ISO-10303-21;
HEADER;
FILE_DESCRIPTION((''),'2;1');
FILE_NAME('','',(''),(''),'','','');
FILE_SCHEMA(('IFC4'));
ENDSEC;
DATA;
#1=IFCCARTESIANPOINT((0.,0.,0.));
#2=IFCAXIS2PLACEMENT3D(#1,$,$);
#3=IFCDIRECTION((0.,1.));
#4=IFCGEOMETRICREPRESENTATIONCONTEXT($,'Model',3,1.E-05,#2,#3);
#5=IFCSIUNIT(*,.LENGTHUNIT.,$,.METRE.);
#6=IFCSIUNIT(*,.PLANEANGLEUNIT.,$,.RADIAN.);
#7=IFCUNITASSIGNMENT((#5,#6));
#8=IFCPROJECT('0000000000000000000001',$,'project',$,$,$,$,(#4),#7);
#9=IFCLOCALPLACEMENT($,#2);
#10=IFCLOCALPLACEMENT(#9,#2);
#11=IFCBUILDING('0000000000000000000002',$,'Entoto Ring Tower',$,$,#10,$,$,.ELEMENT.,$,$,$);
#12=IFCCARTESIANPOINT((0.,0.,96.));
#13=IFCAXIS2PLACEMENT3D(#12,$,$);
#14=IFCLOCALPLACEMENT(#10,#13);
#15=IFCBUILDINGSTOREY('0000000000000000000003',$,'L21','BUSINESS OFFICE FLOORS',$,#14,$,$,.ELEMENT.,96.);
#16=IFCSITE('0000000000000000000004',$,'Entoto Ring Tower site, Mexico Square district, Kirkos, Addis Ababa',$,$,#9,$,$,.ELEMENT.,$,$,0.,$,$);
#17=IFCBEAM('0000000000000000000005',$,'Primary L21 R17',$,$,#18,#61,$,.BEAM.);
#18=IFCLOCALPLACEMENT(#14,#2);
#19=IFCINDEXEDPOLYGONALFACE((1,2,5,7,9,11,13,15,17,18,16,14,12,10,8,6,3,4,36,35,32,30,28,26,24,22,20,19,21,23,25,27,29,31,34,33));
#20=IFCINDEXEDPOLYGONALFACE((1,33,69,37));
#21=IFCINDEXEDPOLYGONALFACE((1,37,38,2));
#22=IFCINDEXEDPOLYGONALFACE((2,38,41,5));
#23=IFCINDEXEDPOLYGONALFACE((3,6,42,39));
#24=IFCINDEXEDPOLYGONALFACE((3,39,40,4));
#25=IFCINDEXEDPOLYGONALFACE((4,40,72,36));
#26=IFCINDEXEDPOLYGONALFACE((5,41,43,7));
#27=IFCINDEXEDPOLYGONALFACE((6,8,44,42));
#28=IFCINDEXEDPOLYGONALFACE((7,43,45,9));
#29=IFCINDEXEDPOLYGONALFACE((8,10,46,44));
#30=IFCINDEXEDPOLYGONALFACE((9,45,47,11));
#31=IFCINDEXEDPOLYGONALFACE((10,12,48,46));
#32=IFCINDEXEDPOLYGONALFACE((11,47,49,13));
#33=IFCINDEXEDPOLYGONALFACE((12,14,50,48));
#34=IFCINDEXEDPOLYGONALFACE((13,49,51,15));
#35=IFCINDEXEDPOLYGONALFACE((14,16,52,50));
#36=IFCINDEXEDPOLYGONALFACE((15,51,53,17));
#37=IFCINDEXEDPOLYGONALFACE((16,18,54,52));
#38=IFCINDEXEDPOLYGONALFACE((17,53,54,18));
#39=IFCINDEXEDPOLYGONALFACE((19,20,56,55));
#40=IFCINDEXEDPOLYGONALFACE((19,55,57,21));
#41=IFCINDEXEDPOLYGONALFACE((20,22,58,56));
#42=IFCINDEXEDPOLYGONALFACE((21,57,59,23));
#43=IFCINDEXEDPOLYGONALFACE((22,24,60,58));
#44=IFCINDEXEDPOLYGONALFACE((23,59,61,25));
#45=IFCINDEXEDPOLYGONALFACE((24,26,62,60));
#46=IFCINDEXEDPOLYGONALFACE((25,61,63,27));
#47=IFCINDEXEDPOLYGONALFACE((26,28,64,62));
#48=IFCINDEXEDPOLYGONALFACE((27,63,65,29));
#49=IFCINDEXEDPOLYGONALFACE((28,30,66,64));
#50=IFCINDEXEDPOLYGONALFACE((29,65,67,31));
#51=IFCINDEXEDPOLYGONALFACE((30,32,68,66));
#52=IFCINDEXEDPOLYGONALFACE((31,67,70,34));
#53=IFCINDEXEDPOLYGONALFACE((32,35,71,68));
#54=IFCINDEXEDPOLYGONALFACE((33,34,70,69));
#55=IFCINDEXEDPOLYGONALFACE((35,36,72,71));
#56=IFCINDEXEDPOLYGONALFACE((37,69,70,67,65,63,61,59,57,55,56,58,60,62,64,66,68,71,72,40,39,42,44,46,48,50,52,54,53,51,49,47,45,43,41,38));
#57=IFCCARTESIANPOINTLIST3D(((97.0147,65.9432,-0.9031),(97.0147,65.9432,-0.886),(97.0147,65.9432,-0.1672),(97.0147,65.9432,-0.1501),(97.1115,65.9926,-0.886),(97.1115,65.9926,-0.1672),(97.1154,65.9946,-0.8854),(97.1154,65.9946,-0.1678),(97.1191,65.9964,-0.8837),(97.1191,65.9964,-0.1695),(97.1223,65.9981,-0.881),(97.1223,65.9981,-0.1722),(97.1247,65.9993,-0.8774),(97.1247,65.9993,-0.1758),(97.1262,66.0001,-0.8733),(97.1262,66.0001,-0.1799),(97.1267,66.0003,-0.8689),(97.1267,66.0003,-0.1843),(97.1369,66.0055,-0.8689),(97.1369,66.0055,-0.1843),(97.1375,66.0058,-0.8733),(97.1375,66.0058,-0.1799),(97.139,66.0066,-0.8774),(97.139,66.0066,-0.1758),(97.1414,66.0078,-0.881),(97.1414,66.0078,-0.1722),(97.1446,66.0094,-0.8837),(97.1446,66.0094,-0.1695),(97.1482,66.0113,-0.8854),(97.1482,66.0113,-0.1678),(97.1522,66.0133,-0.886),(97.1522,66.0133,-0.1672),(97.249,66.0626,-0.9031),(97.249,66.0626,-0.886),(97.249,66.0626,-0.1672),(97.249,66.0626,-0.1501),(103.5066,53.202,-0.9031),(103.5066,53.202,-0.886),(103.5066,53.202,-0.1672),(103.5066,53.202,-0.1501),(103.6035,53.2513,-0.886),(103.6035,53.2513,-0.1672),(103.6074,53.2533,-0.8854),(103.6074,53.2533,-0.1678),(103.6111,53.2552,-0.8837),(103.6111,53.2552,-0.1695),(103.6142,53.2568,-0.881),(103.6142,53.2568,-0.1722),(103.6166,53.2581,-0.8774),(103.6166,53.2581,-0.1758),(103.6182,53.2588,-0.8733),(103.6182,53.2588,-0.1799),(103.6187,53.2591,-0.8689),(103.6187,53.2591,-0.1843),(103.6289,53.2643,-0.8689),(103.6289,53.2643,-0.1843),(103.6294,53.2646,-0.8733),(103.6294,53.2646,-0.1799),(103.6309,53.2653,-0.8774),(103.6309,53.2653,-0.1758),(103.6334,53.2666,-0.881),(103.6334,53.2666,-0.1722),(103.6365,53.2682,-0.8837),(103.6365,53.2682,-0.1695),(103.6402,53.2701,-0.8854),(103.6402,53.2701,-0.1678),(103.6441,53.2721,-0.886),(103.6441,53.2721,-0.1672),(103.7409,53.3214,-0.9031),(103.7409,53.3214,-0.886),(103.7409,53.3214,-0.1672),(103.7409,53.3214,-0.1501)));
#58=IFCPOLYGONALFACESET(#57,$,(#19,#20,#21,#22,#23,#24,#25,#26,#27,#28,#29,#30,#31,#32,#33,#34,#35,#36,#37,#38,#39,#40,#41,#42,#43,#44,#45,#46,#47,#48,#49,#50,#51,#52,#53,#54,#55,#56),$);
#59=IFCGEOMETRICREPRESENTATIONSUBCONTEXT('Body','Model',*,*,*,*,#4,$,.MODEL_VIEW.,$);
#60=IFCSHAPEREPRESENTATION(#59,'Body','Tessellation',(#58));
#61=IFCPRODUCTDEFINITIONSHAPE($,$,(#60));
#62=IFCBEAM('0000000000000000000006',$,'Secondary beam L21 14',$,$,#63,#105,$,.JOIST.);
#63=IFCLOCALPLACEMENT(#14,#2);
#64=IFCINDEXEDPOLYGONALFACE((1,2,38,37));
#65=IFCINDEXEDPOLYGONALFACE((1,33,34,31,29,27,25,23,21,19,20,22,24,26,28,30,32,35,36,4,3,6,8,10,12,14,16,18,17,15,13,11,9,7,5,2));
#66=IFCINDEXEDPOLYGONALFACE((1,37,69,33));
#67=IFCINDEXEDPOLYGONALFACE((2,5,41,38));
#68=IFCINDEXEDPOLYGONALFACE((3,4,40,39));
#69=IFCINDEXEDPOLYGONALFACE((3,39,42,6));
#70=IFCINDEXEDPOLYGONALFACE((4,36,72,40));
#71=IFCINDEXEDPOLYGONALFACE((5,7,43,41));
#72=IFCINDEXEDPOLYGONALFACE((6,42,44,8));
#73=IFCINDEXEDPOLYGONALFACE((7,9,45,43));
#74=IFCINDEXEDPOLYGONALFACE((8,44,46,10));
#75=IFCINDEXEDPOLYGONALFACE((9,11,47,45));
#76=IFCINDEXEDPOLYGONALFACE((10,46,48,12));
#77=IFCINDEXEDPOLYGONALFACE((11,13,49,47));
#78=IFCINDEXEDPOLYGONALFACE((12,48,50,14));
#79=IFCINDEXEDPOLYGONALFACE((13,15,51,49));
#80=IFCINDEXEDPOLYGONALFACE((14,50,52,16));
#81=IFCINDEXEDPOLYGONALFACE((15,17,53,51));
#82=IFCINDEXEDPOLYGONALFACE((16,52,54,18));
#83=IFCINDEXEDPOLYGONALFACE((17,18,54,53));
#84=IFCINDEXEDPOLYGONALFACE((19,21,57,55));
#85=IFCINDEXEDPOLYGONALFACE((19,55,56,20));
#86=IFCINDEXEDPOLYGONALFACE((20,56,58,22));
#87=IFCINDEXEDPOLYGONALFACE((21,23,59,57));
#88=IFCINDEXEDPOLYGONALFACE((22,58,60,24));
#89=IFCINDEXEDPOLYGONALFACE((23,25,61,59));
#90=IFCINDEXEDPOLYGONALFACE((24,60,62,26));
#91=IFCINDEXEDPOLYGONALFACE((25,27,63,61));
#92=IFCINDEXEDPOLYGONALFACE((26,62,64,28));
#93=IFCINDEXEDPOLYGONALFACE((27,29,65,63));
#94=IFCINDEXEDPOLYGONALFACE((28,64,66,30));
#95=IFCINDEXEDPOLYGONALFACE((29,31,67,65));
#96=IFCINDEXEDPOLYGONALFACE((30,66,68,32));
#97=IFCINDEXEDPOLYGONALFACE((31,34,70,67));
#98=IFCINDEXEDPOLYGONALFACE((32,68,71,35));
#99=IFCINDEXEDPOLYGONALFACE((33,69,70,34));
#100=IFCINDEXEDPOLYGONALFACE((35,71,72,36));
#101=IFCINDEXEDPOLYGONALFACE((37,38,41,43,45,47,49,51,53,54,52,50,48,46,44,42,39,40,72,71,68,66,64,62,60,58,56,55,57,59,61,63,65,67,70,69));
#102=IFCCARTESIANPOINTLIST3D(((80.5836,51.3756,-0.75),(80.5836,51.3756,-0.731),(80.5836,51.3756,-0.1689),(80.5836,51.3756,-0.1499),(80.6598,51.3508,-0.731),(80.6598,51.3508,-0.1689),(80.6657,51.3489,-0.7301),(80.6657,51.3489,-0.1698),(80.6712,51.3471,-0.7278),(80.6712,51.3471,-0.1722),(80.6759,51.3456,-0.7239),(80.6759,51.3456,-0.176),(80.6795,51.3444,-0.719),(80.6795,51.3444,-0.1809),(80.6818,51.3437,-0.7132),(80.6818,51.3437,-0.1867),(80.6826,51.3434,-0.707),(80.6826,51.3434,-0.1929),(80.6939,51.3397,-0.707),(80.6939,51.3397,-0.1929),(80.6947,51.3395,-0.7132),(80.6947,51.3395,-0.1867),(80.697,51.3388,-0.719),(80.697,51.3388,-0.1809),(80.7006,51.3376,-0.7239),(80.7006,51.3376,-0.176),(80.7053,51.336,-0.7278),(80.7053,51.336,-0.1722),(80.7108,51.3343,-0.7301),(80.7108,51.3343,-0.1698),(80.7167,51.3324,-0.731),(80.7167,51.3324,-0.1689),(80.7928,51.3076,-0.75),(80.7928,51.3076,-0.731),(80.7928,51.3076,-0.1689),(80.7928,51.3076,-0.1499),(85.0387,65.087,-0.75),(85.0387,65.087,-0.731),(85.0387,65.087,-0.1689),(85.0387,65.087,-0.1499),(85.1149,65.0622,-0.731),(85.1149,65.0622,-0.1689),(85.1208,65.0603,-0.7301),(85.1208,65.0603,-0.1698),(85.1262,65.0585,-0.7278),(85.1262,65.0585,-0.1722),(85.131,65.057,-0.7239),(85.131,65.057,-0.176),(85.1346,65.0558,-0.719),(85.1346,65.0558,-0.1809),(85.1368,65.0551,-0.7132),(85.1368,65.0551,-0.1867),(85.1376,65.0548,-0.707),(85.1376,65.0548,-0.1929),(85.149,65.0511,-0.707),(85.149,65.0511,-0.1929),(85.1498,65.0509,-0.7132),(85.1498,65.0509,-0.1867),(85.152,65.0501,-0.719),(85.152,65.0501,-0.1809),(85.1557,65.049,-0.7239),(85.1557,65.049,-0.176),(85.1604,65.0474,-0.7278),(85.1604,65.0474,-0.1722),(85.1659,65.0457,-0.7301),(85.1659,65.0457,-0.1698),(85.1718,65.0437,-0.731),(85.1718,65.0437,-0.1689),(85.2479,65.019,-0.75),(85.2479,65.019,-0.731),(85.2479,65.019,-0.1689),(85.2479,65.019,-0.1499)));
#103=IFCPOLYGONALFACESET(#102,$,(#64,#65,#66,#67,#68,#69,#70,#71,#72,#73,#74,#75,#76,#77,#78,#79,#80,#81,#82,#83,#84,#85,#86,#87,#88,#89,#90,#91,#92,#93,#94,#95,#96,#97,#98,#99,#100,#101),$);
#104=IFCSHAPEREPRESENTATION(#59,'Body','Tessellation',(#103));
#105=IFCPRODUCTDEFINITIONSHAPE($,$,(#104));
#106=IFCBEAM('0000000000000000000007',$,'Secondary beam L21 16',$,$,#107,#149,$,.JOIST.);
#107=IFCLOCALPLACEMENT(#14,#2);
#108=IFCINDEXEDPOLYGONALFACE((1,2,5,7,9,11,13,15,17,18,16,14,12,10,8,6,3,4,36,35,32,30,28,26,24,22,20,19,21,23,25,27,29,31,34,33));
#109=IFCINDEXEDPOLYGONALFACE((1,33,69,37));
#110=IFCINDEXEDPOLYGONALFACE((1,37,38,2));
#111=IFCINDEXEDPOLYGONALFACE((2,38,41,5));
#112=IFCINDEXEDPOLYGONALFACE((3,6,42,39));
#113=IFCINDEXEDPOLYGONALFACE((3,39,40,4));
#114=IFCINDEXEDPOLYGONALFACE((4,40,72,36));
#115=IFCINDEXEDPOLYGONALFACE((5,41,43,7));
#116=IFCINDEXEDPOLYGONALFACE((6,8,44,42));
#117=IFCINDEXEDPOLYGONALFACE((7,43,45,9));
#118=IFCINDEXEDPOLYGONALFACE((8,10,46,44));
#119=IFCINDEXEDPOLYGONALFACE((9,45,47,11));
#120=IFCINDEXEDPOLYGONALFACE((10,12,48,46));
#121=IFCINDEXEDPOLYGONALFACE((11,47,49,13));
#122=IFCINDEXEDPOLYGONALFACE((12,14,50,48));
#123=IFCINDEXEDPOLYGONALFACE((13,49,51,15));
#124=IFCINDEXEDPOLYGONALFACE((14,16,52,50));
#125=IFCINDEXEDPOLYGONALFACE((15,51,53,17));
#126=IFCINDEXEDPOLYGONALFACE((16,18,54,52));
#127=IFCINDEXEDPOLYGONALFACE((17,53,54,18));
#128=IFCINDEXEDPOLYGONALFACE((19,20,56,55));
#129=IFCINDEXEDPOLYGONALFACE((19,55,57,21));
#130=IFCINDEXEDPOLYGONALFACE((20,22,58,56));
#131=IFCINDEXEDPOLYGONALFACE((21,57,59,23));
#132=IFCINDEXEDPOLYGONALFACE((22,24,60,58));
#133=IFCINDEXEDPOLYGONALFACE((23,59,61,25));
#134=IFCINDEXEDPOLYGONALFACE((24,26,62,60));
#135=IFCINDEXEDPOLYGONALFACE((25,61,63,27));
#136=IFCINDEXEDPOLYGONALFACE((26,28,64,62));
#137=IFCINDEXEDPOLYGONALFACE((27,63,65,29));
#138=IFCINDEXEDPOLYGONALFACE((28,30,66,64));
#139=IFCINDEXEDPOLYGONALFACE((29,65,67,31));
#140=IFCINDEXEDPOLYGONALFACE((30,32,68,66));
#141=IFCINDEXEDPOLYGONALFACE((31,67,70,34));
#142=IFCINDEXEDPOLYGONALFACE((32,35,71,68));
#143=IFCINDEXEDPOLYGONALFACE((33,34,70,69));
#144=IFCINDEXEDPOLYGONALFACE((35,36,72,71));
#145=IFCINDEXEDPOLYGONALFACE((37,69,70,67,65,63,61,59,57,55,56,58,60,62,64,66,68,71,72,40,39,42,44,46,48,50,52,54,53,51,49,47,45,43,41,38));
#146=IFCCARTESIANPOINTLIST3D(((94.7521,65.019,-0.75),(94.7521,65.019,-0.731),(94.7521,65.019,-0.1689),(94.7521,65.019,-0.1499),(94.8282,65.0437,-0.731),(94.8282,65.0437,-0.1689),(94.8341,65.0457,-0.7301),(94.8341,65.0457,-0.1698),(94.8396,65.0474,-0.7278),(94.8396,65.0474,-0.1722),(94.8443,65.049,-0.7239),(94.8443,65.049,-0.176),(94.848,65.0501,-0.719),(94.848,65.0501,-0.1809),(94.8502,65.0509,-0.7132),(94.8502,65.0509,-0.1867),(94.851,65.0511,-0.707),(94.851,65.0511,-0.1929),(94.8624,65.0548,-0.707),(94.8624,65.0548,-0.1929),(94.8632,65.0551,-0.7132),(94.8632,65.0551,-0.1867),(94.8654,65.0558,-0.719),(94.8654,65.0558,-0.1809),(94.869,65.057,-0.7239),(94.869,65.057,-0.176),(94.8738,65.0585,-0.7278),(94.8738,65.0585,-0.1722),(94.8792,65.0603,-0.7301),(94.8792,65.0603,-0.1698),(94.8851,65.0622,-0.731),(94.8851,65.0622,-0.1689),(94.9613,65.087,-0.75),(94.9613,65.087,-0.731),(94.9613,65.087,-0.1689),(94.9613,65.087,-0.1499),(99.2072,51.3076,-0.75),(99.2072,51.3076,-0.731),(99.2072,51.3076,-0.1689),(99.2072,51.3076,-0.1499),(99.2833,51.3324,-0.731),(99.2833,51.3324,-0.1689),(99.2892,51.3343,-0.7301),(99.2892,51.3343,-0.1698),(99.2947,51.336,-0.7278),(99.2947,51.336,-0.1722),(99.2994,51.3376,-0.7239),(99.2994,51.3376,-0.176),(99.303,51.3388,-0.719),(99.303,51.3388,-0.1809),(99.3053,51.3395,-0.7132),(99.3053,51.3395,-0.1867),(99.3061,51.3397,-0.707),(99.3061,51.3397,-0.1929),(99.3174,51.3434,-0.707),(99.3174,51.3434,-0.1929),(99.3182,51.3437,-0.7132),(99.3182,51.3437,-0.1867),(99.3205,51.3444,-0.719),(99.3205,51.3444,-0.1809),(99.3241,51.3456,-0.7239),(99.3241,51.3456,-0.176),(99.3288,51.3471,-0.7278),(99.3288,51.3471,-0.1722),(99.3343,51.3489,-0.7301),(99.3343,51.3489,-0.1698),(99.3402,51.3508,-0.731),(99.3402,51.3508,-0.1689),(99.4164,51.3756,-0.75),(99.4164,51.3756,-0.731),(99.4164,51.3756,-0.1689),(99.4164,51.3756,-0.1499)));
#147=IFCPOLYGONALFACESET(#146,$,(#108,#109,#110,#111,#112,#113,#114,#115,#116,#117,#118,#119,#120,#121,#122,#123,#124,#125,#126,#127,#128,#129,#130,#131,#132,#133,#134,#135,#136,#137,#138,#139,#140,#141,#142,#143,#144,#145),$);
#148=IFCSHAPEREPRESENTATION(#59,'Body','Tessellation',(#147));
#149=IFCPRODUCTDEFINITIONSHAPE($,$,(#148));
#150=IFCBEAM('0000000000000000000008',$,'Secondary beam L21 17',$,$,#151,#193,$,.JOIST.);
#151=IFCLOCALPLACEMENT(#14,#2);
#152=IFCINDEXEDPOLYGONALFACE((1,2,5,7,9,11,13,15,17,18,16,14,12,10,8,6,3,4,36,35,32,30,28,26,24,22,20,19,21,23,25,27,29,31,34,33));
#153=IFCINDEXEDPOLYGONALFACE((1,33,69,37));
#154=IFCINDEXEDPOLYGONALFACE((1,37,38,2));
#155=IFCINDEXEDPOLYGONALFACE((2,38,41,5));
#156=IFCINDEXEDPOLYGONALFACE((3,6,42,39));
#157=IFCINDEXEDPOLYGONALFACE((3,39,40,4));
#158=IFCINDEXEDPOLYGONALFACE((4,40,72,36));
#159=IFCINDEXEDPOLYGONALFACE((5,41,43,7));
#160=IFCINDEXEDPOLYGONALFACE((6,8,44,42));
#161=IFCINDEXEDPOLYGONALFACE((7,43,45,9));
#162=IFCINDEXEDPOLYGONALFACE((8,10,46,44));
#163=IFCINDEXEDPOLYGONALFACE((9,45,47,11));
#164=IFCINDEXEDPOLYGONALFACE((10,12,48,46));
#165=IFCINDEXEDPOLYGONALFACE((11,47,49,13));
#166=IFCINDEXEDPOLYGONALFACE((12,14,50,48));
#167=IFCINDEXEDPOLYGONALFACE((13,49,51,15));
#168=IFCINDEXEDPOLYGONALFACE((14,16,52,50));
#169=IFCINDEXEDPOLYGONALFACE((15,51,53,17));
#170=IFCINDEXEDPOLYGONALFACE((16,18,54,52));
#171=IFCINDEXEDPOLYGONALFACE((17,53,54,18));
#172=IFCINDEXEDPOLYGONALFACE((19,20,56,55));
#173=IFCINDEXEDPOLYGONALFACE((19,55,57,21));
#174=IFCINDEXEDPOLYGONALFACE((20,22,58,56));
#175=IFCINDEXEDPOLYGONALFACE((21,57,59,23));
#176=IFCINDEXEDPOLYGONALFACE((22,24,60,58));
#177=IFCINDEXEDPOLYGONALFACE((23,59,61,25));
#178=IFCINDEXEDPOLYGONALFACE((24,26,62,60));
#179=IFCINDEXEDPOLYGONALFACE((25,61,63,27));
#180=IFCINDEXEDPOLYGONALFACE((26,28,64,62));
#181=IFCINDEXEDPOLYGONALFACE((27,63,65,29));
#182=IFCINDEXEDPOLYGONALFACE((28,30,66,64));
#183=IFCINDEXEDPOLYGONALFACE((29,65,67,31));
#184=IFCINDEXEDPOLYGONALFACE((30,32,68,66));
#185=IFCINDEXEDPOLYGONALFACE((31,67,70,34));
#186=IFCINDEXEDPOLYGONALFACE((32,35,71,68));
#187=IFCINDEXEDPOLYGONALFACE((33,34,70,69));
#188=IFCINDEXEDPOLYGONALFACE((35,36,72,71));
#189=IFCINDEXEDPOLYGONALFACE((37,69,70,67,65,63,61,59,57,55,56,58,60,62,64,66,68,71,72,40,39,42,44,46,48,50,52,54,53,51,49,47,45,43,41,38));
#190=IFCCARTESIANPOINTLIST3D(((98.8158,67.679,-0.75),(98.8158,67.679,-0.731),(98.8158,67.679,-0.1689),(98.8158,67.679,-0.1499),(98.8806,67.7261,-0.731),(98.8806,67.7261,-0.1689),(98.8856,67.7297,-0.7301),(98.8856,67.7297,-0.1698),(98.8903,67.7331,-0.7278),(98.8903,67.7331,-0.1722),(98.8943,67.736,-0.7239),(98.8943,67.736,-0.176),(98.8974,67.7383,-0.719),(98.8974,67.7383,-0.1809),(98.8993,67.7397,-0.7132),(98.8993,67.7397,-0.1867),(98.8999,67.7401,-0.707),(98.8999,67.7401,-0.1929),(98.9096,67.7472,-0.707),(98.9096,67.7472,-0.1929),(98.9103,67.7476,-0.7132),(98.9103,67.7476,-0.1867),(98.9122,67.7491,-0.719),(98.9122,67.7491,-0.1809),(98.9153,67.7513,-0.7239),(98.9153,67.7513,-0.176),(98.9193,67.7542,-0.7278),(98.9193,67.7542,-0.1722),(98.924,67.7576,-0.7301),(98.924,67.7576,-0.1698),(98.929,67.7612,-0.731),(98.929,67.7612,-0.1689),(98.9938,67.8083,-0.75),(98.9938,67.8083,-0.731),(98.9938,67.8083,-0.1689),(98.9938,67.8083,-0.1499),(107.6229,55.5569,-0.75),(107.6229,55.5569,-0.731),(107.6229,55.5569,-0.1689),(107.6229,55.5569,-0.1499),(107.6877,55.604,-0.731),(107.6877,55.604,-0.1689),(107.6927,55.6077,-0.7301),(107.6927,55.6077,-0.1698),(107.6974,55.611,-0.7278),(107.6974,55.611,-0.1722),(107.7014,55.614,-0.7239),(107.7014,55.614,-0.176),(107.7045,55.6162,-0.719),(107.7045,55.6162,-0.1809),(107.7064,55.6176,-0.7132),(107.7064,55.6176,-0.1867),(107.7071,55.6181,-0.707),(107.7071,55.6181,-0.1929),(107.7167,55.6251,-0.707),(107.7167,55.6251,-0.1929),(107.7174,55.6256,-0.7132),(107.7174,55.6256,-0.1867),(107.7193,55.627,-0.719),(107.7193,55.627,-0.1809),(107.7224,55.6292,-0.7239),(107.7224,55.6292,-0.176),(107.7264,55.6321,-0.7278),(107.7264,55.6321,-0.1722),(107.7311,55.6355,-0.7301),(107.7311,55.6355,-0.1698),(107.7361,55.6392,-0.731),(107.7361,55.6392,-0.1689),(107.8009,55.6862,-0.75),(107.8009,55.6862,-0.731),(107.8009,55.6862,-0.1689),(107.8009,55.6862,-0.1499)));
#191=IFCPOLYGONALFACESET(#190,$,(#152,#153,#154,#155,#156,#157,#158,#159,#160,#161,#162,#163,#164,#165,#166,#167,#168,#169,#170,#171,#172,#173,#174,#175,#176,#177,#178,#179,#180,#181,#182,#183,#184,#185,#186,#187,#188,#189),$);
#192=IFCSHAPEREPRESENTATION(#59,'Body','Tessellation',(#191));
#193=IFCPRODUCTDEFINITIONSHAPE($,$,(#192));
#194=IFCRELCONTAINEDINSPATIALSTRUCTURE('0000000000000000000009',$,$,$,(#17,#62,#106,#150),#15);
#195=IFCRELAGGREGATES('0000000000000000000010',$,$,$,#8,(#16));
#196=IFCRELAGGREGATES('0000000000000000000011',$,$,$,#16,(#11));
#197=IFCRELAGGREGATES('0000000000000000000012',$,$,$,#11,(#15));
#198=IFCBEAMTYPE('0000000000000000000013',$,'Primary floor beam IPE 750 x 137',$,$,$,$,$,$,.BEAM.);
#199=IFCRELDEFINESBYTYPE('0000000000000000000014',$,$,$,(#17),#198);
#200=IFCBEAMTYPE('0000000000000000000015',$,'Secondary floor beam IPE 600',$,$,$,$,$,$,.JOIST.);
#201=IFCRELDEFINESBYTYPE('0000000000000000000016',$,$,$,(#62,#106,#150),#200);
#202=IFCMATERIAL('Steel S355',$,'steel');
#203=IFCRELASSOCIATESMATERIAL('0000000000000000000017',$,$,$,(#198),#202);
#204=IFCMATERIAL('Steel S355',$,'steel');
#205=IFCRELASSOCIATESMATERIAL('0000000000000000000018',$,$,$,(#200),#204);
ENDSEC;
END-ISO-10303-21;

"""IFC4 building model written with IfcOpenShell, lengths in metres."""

from ifc_helpers import new_model, si_unit, direction, frame, origin, origin_2d, place, context, subcontext, project, spatial, i_section, extrude, material, material_profile, profile_set, type_object, element, save


model = new_model("IFC4")

# Units and contexts
model_context = context("Model", 3, precision=1e-05, world=origin(), true_north=direction((0.0, 1.0)))
body_context = subcontext(model_context, "Body", "Model", "MODEL_VIEW")
ifc_project = project(units=[si_unit("LENGTHUNIT", "METRE"), si_unit("PLANEANGLEUNIT", "RADIAN")], contexts=[model_context])

# Site, building, storey
site_placement = place(None, origin())
site = spatial("IfcSite", under=ifc_project, at=site_placement, Name="Entoto Ring Tower site, Mexico Square district, Kirkos, Addis Ababa", CompositionType="ELEMENT", RefElevation=0.0)
building_placement = place(site_placement, origin())
building = spatial("IfcBuilding", under=site, at=building_placement, Name="Entoto Ring Tower", CompositionType="ELEMENT")
storey_placement = place(building_placement, frame((0.0, 0.0, 96.0)))
storey = spatial("IfcBuildingStorey", under=building, at=storey_placement, Name="L21", Description="BUSINESS OFFICE FLOORS", CompositionType="ELEMENT", Elevation=96.0)

# Beams
ifc_material_1 = material(Name="Steel S355", Category="steel")
ifc_material_profile_1 = material_profile(ifc_material_1, i_section(OverallWidth=0.2629, OverallDepth=0.7529, WebThickness=0.0115, FlangeThickness=0.0171, FilletRadius=0.0171, at=origin_2d()), Name="IPE 750 x 137")
ifc_profile_set_1 = profile_set([ifc_material_profile_1], Name="Steel S355")
beam_type_1 = type_object("IfcBeamType", Name="Primary floor beam IPE 750 x 137", PredefinedType="BEAM", material=ifc_profile_set_1)
beam_1_placement = place(storey_placement, frame((97.1318, 66.0029, -0.5266), z_axis=(0.453989, -0.891007, 0.0), x_axis=(0.891007, 0.453989, 0.0)))
element("IfcBeam", 1, at=beam_1_placement, inside=storey, type_object=beam_type_1, Name="Primary L21 R17", PredefinedType="BEAM", context=body_context, shape_type="SweptSolid", body=[
    extrude(i_section(OverallWidth=0.2629, OverallDepth=0.7529, WebThickness=0.0115, FlangeThickness=0.0171, FilletRadius=0.0171, at=origin_2d()), origin(), (0.0, 0.0, 1.0), 14.2998),
])
ifc_material_2 = material(Name="Steel S355", Category="steel")
ifc_material_profile_2 = material_profile(ifc_material_2, i_section(OverallWidth=0.22, OverallDepth=0.6001, WebThickness=0.012, FlangeThickness=0.019, FilletRadius=0.0239, at=origin_2d()), Name="IPE 600")
ifc_profile_set_2 = profile_set([ifc_material_profile_2], Name="Steel S355")
beam_type_2 = type_object("IfcBeamType", Name="Secondary floor beam IPE 600", PredefinedType="JOIST", material=ifc_profile_set_2)
for number, where, z_axis, x_axis, name in (
    (2, (85.1433, 65.053, -0.45), (-0.309015, -0.951057, 0.0), (0.951057, -0.309015, 0.0), "Secondary beam L21 14"),
    (3, (94.8567, 65.053, -0.45), (0.309015, -0.951057, 0.0), (0.951057, 0.309015, 0.0), "Secondary beam L21 16"),
):
    element("IfcBeam", number, at=place(storey_placement, frame(where, z_axis=z_axis, x_axis=x_axis)), inside=storey, type_object=beam_type_2, Name=name, PredefinedType="JOIST", context=body_context, shape_type="SweptSolid", body=[
        extrude(i_section(OverallWidth=0.22, OverallDepth=0.6001, WebThickness=0.012, FlangeThickness=0.019, FilletRadius=0.0239, at=origin_2d()), origin(), (0.0, 0.0, 1.0), 14.417),
    ])
beam_2_placement = place(storey_placement, frame((98.9048, 67.7437, -0.45), z_axis=(0.587782, -0.809019, 0.0), x_axis=(0.809019, 0.587782, 0.0)))
element("IfcBeam", 4, at=beam_2_placement, inside=storey, type_object=beam_type_2, Name="Secondary beam L21 17", PredefinedType="JOIST", context=body_context, shape_type="SweptSolid", body=[
    extrude(i_section(OverallWidth=0.22, OverallDepth=0.6001, WebThickness=0.012, FlangeThickness=0.019, FilletRadius=0.0239, at=origin_2d()), origin(), (0.0, 0.0, 1.0), 14.9836),
])

save(model, "model.ifc")
